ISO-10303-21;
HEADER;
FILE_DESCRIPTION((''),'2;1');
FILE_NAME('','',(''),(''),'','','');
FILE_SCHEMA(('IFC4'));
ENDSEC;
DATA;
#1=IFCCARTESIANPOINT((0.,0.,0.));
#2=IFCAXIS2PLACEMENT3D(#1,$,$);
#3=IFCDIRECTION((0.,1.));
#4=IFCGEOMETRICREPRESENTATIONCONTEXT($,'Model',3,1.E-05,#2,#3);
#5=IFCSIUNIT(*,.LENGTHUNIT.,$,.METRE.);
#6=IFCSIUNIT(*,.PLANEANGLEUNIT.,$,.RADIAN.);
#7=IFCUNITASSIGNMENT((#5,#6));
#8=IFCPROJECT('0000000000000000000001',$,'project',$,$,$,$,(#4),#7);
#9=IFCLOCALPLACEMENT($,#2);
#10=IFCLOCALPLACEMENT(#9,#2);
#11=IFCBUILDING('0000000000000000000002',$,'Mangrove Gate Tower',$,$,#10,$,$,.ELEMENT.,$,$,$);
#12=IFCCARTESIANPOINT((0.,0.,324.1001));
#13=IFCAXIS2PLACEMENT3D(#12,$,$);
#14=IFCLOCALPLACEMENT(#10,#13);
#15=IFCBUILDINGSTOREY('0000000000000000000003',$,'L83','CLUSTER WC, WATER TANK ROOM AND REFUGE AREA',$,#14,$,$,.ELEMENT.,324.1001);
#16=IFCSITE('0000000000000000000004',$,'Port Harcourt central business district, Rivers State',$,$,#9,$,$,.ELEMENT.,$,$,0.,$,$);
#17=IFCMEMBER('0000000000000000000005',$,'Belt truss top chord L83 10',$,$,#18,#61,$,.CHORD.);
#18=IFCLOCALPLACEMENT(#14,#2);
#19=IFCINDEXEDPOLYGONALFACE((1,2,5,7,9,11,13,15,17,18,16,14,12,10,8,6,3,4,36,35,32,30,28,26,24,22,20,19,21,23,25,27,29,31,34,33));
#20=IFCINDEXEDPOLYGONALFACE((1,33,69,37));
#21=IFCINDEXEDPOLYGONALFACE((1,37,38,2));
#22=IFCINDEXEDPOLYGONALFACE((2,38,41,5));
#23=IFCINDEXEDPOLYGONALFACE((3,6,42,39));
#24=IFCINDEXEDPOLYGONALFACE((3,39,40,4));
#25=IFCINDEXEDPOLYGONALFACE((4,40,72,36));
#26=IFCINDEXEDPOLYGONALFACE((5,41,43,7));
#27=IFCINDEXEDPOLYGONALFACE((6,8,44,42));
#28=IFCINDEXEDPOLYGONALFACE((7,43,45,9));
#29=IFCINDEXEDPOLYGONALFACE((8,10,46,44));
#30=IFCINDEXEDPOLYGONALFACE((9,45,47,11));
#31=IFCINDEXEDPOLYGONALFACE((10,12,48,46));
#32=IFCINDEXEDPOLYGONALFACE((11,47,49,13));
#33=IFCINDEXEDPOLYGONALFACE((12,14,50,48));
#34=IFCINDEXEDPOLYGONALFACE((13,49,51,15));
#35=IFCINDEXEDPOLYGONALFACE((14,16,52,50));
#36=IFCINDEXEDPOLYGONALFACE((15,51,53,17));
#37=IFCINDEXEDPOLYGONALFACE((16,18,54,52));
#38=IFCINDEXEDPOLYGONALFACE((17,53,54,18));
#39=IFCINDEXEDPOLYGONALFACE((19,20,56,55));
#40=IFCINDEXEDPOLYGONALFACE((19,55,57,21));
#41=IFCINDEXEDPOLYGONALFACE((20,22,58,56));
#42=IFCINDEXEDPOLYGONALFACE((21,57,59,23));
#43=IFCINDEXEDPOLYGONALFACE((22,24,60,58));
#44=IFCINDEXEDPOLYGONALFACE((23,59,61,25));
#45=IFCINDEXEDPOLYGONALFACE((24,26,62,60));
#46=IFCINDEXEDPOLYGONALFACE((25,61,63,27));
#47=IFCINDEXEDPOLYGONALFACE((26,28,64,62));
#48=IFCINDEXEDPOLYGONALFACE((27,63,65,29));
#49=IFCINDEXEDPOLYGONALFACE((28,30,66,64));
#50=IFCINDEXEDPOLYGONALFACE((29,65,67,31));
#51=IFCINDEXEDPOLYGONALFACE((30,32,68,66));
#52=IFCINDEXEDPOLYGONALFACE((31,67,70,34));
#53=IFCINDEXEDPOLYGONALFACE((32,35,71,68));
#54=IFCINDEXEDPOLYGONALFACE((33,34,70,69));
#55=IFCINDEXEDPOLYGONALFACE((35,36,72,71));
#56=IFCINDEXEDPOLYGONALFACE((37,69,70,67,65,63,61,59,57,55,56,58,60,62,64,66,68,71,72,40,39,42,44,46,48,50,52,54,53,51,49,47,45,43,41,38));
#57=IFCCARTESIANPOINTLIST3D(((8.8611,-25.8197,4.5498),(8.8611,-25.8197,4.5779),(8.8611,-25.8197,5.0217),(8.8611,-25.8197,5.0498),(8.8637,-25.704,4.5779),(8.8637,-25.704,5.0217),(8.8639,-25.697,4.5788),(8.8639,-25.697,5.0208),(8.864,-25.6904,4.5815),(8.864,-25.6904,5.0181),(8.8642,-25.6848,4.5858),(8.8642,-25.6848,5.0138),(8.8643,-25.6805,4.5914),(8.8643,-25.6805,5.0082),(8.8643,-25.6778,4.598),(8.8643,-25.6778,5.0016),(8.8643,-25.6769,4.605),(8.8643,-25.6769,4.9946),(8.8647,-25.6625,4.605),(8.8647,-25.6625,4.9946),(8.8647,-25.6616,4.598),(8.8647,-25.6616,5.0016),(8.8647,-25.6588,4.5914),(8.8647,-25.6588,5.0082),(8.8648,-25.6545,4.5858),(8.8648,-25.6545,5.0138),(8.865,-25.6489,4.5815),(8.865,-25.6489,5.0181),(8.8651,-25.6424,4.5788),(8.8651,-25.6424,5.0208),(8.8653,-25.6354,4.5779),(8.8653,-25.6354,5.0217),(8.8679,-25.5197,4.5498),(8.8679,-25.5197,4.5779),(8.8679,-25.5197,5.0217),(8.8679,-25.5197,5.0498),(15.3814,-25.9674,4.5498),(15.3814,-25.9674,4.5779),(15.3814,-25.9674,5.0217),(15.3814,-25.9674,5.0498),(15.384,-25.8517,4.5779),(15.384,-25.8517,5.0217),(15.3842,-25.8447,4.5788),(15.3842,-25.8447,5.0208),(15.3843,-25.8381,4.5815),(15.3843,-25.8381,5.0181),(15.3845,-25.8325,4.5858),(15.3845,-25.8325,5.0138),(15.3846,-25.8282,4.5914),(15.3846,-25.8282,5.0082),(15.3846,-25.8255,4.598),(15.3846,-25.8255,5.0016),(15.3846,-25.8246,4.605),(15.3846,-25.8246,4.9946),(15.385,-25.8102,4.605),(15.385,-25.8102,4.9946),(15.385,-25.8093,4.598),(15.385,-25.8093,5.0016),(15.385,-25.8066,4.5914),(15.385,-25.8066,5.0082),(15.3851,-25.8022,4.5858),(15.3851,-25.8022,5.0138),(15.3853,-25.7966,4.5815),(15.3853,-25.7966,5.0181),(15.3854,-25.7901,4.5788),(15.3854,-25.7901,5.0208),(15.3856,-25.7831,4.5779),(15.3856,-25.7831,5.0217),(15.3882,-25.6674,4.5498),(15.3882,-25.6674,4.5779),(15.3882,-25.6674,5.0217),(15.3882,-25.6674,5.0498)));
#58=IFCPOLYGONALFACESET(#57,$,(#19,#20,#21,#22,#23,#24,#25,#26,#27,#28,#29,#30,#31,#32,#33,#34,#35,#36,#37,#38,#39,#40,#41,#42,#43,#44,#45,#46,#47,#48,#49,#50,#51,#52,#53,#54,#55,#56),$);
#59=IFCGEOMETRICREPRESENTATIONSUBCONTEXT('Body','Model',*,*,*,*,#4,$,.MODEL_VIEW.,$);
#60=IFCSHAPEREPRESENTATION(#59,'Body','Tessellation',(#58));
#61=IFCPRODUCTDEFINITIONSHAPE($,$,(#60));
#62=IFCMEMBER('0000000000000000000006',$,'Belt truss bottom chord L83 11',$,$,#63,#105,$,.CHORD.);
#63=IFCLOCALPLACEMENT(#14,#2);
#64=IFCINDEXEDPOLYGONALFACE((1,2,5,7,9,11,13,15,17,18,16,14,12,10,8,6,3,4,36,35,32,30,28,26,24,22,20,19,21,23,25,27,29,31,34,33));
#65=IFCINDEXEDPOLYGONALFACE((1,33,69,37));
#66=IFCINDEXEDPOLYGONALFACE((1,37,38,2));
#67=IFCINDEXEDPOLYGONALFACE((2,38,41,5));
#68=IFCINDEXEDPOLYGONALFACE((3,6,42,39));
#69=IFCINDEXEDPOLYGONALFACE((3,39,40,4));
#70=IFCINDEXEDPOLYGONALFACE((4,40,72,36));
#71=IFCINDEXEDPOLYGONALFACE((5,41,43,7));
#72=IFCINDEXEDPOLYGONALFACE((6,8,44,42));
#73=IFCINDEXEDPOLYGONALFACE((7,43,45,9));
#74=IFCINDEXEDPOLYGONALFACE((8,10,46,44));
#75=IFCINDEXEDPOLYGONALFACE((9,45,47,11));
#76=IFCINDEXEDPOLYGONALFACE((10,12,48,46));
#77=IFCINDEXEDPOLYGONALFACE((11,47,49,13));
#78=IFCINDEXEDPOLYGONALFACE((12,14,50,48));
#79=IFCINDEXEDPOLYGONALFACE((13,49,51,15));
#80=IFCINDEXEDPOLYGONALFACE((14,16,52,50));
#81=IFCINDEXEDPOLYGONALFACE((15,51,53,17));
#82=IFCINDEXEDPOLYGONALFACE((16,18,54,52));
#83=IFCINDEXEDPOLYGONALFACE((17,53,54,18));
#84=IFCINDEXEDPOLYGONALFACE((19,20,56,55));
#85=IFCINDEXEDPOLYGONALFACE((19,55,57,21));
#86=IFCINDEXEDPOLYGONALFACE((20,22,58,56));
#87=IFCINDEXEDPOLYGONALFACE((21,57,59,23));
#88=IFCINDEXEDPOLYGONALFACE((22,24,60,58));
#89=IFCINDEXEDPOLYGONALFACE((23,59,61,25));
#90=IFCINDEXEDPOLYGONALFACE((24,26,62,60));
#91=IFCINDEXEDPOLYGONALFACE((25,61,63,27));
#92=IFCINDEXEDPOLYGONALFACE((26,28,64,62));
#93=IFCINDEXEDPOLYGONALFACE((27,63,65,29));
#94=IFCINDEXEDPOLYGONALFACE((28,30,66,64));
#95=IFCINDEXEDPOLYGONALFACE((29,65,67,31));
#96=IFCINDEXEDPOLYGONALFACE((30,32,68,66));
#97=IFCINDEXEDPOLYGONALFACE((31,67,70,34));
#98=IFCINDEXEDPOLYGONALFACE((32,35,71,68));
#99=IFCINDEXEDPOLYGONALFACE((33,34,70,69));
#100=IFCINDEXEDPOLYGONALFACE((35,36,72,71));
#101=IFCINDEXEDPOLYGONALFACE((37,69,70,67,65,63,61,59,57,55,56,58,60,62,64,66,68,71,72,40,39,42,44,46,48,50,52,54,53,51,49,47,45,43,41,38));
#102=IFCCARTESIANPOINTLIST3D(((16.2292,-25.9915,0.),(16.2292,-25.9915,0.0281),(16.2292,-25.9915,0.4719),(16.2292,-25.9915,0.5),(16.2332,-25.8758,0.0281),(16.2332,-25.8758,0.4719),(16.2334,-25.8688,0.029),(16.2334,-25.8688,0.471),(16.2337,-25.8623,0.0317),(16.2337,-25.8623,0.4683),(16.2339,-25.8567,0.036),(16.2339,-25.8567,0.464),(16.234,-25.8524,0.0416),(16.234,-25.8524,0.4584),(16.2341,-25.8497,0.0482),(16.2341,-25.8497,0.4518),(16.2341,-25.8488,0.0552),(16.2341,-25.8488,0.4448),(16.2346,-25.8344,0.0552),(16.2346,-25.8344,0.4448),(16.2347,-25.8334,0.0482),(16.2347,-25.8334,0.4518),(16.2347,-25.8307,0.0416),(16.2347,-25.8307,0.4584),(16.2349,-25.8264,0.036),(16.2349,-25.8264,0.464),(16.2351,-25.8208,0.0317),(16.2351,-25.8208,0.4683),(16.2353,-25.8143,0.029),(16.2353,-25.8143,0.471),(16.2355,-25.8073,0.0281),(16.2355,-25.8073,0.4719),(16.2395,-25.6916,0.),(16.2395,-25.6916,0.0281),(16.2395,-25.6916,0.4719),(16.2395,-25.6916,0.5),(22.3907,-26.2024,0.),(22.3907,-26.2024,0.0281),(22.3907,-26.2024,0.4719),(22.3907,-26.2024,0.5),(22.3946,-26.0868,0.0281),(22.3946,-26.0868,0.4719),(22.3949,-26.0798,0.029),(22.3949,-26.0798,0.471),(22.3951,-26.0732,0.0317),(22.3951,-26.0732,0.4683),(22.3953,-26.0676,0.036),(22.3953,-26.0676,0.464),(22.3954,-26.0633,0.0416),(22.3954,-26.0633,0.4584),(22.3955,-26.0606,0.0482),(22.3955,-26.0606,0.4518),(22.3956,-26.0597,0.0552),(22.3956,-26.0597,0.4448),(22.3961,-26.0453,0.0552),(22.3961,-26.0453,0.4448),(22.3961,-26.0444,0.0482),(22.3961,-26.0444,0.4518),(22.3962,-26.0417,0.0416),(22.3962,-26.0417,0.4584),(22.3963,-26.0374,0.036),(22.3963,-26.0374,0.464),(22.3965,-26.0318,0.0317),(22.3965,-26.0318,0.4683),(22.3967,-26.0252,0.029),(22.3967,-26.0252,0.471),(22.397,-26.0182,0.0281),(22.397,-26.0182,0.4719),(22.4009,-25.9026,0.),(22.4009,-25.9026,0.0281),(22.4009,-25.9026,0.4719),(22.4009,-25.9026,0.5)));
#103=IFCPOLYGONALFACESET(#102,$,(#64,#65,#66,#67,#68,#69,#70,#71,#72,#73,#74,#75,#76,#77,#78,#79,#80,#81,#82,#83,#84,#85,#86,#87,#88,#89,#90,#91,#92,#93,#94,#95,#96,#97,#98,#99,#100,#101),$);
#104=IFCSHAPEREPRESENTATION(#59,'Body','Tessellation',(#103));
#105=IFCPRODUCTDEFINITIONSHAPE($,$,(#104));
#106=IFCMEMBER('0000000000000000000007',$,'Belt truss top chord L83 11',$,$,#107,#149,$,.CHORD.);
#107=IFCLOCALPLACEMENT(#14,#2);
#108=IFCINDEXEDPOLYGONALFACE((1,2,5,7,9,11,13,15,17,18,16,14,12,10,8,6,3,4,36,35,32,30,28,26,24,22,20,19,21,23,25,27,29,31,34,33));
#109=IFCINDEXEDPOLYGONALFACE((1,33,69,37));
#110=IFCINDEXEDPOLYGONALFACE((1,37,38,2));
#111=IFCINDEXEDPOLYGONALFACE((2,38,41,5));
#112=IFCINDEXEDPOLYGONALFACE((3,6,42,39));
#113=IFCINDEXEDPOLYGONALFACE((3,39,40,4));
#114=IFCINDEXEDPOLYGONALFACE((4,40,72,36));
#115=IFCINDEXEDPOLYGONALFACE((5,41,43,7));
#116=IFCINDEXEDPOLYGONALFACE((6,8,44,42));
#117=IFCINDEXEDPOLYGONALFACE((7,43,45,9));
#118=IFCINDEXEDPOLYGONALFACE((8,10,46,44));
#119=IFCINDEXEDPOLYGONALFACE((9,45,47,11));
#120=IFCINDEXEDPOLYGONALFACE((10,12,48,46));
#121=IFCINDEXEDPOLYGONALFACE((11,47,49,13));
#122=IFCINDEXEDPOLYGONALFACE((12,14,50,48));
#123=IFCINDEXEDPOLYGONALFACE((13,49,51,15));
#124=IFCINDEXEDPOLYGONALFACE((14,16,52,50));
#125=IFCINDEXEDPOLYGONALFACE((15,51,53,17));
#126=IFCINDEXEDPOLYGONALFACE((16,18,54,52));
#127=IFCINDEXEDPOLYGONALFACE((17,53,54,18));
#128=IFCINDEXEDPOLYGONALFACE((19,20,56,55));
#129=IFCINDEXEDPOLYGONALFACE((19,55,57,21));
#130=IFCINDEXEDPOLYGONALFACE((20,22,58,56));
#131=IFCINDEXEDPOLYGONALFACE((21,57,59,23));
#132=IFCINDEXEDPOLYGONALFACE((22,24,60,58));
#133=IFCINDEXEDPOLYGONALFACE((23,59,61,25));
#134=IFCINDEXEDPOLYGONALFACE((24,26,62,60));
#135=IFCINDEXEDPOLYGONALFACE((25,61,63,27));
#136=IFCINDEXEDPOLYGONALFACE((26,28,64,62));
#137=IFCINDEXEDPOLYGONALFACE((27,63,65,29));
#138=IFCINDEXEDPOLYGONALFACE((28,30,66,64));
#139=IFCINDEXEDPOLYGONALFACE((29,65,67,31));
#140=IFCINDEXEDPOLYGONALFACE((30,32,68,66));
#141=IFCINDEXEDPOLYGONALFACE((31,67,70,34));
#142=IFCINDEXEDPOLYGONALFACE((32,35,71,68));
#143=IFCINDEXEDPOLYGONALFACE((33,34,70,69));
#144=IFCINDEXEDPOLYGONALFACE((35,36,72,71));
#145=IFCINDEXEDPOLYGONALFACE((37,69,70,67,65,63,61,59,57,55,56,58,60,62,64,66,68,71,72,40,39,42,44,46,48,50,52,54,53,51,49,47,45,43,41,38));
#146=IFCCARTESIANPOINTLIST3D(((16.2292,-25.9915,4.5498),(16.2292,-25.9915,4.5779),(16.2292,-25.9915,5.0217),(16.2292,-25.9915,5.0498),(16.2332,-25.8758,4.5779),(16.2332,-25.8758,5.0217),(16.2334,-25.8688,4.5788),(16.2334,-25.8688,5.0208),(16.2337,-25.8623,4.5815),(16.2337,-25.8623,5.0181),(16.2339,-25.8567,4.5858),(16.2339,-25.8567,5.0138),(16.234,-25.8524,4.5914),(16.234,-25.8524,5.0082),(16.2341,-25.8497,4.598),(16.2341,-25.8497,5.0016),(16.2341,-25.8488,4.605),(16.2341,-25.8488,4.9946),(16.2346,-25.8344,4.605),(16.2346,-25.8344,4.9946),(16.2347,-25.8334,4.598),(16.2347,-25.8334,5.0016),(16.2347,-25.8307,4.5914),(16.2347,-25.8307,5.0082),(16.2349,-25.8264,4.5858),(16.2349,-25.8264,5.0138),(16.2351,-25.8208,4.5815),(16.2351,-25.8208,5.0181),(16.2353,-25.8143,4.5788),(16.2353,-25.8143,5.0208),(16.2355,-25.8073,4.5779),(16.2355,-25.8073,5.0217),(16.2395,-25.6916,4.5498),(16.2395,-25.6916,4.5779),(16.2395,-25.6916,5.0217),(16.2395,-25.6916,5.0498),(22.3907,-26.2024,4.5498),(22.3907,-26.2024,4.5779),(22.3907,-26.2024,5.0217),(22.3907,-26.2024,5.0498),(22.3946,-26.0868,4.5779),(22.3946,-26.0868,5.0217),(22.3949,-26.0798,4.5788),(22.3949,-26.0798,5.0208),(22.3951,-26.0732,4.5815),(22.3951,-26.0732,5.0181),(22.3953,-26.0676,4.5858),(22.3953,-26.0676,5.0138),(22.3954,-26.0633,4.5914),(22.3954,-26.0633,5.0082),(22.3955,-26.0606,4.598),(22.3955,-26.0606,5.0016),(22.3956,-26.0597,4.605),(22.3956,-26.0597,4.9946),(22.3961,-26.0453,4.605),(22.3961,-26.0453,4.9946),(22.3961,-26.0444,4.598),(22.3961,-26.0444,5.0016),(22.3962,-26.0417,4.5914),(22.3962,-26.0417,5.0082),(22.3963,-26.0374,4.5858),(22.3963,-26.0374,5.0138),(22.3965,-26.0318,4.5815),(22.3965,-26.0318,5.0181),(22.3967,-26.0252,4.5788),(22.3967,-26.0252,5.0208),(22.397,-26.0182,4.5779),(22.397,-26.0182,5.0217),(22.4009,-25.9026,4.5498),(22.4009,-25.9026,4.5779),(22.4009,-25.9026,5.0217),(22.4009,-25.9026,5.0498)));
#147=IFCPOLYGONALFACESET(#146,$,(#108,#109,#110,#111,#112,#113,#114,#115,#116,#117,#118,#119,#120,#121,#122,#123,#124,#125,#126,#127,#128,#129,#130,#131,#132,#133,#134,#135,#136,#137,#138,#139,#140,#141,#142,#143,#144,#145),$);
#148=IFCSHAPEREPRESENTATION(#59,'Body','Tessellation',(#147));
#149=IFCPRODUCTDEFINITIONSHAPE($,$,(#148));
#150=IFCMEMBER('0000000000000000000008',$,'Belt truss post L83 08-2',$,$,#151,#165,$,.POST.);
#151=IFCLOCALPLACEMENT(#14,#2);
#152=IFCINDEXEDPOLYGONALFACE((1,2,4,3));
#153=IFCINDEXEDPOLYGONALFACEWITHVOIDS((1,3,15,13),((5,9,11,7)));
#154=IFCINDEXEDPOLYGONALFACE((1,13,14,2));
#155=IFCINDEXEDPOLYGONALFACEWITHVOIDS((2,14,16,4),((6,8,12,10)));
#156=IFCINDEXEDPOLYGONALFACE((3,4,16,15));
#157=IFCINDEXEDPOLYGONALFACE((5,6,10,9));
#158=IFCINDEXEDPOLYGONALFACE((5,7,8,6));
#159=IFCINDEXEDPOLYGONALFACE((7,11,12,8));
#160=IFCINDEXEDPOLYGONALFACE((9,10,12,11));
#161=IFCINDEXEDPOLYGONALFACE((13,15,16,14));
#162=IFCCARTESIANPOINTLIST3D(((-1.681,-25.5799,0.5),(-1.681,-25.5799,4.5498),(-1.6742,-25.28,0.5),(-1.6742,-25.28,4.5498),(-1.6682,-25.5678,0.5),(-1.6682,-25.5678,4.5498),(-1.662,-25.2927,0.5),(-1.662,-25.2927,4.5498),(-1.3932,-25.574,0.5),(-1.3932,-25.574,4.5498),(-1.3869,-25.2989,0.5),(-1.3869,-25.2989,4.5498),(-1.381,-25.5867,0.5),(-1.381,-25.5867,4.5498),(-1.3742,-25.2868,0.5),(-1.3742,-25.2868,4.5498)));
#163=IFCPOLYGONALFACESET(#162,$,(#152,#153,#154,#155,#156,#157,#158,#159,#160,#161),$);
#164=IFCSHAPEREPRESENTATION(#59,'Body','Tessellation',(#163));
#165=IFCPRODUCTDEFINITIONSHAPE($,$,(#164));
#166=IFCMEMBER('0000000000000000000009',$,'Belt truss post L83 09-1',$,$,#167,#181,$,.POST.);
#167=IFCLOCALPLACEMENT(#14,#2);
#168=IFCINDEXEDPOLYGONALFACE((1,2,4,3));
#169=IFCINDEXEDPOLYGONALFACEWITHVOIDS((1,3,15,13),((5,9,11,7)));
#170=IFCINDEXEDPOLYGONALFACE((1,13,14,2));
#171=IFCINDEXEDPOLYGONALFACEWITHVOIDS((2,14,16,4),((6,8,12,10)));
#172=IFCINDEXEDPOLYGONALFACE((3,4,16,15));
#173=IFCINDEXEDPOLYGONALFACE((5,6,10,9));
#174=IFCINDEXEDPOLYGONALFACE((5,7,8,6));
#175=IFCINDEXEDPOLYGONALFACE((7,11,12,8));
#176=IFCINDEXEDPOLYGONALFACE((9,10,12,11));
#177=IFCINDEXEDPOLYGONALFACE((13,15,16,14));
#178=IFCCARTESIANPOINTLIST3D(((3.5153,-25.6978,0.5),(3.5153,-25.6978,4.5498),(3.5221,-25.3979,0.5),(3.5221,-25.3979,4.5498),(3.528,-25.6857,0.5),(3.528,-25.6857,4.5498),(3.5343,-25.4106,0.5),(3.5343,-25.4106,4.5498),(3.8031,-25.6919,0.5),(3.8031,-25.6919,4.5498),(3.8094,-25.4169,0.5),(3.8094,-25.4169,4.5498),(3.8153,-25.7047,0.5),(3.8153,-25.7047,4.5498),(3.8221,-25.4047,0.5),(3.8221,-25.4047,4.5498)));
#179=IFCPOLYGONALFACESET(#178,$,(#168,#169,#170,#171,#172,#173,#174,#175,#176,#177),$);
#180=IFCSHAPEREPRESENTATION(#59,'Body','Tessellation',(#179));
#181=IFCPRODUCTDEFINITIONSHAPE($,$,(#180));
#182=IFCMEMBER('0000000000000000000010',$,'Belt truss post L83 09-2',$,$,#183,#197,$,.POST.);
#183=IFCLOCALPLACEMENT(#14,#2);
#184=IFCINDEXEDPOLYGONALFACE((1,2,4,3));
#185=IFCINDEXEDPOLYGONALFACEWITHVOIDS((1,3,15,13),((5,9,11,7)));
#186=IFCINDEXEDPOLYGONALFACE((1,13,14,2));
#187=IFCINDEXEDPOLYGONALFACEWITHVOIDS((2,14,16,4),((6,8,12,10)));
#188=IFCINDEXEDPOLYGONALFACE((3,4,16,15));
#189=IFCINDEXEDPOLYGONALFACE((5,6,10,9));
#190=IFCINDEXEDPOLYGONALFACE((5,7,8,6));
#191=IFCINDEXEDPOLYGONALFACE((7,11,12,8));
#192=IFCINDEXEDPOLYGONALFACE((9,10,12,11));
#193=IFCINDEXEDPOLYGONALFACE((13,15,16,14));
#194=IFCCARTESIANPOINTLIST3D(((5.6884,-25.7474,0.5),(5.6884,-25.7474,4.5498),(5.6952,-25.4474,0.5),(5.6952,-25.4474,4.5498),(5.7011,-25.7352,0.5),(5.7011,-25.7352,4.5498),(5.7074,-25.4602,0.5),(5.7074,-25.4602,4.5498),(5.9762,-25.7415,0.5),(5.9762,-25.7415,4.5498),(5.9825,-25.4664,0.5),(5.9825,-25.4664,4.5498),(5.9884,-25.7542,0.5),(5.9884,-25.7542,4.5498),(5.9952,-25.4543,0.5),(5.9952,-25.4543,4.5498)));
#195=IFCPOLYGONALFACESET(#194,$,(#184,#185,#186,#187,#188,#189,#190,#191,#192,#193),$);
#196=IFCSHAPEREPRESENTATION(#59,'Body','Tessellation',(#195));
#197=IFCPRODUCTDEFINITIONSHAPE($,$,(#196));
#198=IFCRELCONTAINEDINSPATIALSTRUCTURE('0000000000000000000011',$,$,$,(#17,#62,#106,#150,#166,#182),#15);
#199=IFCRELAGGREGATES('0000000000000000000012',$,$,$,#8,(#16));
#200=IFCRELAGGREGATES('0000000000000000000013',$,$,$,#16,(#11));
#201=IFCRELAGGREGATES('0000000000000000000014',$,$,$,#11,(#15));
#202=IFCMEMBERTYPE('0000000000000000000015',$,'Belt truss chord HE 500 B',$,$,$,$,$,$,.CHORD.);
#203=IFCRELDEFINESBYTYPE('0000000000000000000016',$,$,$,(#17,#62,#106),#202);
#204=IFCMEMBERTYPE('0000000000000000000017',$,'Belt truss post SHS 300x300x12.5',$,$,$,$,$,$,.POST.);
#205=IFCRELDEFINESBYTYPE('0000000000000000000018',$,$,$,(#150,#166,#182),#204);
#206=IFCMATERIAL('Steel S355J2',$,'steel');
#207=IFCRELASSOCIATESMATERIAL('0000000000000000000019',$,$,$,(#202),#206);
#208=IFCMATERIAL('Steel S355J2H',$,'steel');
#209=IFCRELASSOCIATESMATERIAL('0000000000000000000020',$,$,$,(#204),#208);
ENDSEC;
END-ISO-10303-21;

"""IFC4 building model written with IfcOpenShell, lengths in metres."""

from ifc_helpers import new_model, si_unit, direction, frame, origin, origin_2d, place, context, subcontext, project, spatial, hollow_rectangle, i_section, extrude, material, material_profile, profile_set, type_object, element, save


model = new_model("IFC4")

# Units and contexts
model_context = context("Model", 3, precision=1e-05, world=origin(), true_north=direction((0.0, 1.0)))
body_context = subcontext(model_context, "Body", "Model", "MODEL_VIEW")
ifc_project = project(units=[si_unit("LENGTHUNIT", "METRE"), si_unit("PLANEANGLEUNIT", "RADIAN")], contexts=[model_context])

# Site, building, storey
site_placement = place(None, origin())
site = spatial("IfcSite", under=ifc_project, at=site_placement, Name="Port Harcourt central business district, Rivers State", CompositionType="ELEMENT", RefElevation=0.0)
building_placement = place(site_placement, origin())
building = spatial("IfcBuilding", under=site, at=building_placement, Name="Mangrove Gate Tower", CompositionType="ELEMENT")
storey_placement = place(building_placement, frame((0.0, 0.0, 324.1001)))
storey = spatial("IfcBuildingStorey", under=building, at=storey_placement, Name="L83", Description="CLUSTER WC, WATER TANK ROOM AND REFUGE AREA", CompositionType="ELEMENT", Elevation=324.1001)

# Members
ifc_material_1 = material(Name="Steel S355J2", Category="steel")
ifc_material_profile_1 = material_profile(ifc_material_1, i_section(OverallWidth=0.3, OverallDepth=0.5, WebThickness=0.0144, FlangeThickness=0.0281, FilletRadius=0.0271, at=origin_2d()))
ifc_profile_set_1 = profile_set([ifc_material_profile_1], Name="Steel S355J2")
member_type_1 = type_object("IfcMemberType", Name="Belt truss chord HE 500 B", PredefinedType="CHORD", material=ifc_profile_set_1)
for number, where, z_axis, x_axis, name in (
    (1, (8.8645, -25.6697, 4.7998), (0.999744, -0.022647, 0.0), (0.022647, 0.999744, 0.0), "Belt truss top chord L83 10"),
):
    element("IfcMember", number, at=place(storey_placement, frame(where, z_axis=z_axis, x_axis=x_axis)), inside=storey, type_object=member_type_1, Name=name, PredefinedType="CHORD", context=body_context, shape_type="SweptSolid", body=[
        extrude(i_section(OverallWidth=0.3, OverallDepth=0.5, WebThickness=0.0144, FlangeThickness=0.0281, FilletRadius=0.0271, at=origin_2d()), origin(), (0.0, 0.0, 1.0), 6.522),
    ])
for number, where, z_axis, x_axis, name in (
    (2, (16.2344, -25.8416, 0.25), (0.999414, -0.034215, 0.0), (0.034215, 0.999414, 0.0), "Belt truss bottom chord L83 11"),
    (3, (16.2344, -25.8416, 4.7998), (0.999414, -0.034215, 0.0), (0.034215, 0.999414, 0.0), "Belt truss top chord L83 11"),
):
    element("IfcMember", number, at=place(storey_placement, frame(where, z_axis=z_axis, x_axis=x_axis)), inside=storey, type_object=member_type_1, Name=name, PredefinedType="CHORD", context=body_context, shape_type="SweptSolid", body=[
        extrude(i_section(OverallWidth=0.3, OverallDepth=0.5, WebThickness=0.0144, FlangeThickness=0.0281, FilletRadius=0.0271, at=origin_2d()), origin(), (0.0, 0.0, 1.0), 6.165),
    ])
ifc_material_2 = material(Name="Steel S355J2H", Category="steel")
ifc_material_profile_2 = material_profile(ifc_material_2, hollow_rectangle(XDim=0.3, YDim=0.3, WallThickness=0.0125, at=origin_2d()))
ifc_profile_set_2 = profile_set([ifc_material_profile_2], Name="Steel S355J2H")
member_type_2 = type_object("IfcMemberType", Name="Belt truss post SHS 300x300x12.5", PredefinedType="POST", material=ifc_profile_set_2)
for number, where, z_axis, x_axis, name in (
    (4, (-1.5276, -25.4333, 0.5), (0.0, 0.0, 1.0), (0.999743, -0.022654, 0.0), "Belt truss post L83 08-2"),
    (5, (3.6687, -25.5513, 0.5), (0.0, 0.0, 1.0), (0.99974, -0.022792, 0.0), "Belt truss post L83 09-1"),
    (6, (5.8418, -25.6008, 0.5), (0.0, 0.0, 1.0), (0.99974, -0.022792, 0.0), "Belt truss post L83 09-2"),
):
    element("IfcMember", number, at=place(storey_placement, frame(where, z_axis=z_axis, x_axis=x_axis)), inside=storey, type_object=member_type_2, Name=name, PredefinedType="POST", context=body_context, shape_type="SweptSolid", body=[
        extrude(hollow_rectangle(XDim=0.3, YDim=0.3, WallThickness=0.0125, at=origin_2d()), origin(), (0.0, 0.0, 1.0), 4.0498),
    ])

save(model, "model.ifc")
